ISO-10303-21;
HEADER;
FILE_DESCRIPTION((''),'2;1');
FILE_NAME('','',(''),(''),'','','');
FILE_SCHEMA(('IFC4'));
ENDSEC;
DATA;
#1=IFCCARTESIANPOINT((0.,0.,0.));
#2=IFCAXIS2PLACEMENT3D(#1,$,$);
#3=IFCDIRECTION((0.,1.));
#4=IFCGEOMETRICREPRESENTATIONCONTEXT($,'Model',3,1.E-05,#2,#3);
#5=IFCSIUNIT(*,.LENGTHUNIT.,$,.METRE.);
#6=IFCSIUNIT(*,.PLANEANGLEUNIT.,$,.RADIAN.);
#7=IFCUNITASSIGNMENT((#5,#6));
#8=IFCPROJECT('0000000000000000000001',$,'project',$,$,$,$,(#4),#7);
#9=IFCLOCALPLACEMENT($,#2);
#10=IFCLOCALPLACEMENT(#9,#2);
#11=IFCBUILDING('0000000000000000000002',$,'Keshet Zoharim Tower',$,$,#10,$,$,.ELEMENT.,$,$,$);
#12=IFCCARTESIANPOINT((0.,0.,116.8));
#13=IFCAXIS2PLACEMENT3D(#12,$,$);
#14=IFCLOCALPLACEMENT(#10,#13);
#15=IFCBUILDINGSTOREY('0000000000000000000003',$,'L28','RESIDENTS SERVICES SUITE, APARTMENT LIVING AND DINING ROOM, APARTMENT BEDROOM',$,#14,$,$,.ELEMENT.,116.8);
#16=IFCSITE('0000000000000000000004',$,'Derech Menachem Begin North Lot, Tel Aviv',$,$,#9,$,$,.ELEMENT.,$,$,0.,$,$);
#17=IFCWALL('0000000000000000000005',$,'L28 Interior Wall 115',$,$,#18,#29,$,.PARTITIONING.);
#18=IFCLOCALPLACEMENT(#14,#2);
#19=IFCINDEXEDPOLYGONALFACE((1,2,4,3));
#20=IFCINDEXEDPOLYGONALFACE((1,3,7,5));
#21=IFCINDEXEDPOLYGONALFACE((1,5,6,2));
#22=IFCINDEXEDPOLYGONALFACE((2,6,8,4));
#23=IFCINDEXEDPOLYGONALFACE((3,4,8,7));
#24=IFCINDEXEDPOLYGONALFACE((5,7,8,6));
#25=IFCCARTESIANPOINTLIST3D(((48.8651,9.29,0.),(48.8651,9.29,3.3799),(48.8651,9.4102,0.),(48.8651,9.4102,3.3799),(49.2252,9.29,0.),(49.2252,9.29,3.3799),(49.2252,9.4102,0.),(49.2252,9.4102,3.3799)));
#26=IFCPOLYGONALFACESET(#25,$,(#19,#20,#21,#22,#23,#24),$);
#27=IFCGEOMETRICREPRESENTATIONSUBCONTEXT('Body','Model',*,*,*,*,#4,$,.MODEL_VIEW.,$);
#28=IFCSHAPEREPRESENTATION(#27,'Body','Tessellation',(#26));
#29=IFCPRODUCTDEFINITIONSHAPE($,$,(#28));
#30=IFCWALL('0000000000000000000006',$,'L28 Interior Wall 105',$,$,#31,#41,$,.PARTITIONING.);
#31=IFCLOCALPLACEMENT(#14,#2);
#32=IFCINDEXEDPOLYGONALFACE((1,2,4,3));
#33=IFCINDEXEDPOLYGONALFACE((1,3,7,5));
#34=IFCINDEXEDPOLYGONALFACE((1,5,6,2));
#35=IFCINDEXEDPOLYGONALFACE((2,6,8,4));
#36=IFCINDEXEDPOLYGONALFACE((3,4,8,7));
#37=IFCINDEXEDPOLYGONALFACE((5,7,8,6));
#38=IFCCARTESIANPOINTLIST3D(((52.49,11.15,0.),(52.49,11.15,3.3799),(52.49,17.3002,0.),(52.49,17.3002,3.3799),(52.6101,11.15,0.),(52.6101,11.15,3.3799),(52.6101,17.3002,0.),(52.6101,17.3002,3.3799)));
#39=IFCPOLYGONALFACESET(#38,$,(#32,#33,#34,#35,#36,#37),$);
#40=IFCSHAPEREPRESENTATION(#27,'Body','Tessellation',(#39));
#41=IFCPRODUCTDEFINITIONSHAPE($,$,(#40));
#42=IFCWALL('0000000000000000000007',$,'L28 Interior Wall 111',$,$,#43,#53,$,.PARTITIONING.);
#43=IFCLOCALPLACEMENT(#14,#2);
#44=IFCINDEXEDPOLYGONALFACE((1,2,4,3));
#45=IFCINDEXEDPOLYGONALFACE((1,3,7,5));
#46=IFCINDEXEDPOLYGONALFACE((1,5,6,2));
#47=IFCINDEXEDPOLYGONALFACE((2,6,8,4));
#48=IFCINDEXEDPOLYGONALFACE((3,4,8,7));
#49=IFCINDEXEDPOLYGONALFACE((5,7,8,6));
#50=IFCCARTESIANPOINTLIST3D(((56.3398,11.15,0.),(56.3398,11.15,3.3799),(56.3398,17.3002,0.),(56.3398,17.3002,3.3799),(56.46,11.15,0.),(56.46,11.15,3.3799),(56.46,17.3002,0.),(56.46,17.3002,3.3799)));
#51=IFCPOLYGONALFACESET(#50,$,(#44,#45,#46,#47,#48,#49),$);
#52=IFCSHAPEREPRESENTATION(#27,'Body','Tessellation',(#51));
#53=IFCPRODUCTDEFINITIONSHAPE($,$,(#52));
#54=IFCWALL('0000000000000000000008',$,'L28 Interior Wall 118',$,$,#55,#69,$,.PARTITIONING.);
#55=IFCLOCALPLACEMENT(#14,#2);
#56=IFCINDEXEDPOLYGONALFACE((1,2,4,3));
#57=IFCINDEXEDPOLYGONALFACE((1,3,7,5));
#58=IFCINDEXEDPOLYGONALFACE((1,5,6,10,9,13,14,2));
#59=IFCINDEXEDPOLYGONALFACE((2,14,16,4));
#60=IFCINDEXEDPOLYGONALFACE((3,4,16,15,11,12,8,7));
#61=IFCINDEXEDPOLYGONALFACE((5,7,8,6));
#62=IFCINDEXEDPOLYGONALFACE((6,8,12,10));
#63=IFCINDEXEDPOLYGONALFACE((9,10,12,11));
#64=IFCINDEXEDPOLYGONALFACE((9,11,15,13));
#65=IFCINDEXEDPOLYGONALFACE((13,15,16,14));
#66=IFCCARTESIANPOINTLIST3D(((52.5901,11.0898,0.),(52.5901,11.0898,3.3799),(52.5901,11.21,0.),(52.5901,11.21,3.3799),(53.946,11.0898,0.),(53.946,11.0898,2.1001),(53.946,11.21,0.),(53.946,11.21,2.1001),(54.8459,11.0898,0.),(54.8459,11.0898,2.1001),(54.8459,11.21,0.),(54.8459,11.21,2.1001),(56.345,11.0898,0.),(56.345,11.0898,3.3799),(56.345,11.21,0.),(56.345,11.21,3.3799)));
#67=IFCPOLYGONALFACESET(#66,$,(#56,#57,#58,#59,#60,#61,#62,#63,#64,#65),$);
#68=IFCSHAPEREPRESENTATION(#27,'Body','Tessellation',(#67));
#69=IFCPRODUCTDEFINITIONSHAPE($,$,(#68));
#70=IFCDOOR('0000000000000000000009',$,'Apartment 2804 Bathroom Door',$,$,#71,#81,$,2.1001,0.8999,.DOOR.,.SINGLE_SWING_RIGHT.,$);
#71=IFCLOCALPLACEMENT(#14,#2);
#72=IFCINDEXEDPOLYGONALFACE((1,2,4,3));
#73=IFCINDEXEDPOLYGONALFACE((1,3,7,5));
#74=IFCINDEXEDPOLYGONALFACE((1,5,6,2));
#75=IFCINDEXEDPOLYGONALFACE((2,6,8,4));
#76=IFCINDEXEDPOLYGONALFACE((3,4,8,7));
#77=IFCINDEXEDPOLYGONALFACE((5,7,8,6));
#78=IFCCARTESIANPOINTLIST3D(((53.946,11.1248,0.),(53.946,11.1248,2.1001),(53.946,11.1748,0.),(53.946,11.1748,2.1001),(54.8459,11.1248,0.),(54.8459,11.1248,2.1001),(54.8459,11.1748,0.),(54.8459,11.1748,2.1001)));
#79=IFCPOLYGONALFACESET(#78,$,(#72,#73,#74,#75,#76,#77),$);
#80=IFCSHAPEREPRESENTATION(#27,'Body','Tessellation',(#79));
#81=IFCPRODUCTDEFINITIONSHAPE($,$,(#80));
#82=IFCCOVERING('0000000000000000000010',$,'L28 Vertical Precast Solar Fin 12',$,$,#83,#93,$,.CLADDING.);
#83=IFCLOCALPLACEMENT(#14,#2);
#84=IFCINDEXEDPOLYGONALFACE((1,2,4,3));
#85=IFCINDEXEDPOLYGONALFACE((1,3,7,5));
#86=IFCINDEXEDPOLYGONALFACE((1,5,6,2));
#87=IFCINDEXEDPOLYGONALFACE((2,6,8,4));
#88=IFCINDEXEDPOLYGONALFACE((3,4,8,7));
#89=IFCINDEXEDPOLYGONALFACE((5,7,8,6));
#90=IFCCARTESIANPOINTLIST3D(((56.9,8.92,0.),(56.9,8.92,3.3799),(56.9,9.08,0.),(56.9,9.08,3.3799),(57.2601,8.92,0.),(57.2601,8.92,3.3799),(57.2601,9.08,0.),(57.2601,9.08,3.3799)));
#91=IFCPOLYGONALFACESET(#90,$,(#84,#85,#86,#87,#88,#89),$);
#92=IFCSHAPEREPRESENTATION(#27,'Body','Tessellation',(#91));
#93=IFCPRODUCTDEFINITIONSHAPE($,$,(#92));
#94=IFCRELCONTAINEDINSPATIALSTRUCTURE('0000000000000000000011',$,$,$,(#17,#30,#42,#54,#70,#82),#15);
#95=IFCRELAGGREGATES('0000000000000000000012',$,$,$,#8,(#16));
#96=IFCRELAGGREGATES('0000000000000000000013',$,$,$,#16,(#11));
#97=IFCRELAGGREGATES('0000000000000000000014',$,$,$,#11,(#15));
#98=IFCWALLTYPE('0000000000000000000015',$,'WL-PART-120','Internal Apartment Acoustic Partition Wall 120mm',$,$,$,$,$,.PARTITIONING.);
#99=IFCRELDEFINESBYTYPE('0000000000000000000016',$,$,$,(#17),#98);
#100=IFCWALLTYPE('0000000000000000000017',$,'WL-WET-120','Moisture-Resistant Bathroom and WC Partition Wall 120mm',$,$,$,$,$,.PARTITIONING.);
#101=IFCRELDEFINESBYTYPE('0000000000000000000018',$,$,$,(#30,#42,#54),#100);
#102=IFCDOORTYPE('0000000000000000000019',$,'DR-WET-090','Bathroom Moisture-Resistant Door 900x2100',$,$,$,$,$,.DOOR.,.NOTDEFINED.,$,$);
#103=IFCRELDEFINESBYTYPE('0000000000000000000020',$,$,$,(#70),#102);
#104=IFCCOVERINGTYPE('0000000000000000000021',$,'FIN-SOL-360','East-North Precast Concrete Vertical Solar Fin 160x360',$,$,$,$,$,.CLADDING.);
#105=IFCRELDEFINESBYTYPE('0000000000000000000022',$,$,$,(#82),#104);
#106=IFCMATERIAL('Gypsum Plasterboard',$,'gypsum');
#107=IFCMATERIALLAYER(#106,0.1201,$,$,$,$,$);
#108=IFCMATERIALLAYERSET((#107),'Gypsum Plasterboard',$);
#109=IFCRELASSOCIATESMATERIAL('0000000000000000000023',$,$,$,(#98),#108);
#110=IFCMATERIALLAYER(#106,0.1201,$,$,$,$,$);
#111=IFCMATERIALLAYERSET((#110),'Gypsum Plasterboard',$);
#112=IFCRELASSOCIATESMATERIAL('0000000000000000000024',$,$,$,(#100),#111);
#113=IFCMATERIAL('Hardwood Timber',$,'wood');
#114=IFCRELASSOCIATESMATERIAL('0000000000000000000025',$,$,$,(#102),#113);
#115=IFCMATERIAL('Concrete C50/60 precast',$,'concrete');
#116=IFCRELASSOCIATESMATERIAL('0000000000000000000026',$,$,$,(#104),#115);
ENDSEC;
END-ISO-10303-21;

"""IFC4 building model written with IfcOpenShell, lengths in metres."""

from ifc_helpers import new_model, si_unit, direction, frame, frame_2d, origin, origin_2d, place, context, subcontext, project, spatial, rectangle, extrude, material, layer, layer_set, type_object, element, fill, save


model = new_model("IFC4")

# Units and contexts
model_context = context("Model", 3, precision=1e-05, world=origin(), true_north=direction((0.0, 1.0)))
body_context = subcontext(model_context, "Body", "Model", "MODEL_VIEW")
ifc_project = project(units=[si_unit("LENGTHUNIT", "METRE"), si_unit("PLANEANGLEUNIT", "RADIAN")], contexts=[model_context])

# Site, building, storey
site_placement = place(None, origin())
site = spatial("IfcSite", under=ifc_project, at=site_placement, Name="Derech Menachem Begin North Lot, Tel Aviv", CompositionType="ELEMENT", RefElevation=0.0)
building_placement = place(site_placement, origin())
building = spatial("IfcBuilding", under=site, at=building_placement, Name="Keshet Zoharim Tower", CompositionType="ELEMENT")
storey_placement = place(building_placement, frame((0.0, 0.0, 116.8)))
storey = spatial("IfcBuildingStorey", under=building, at=storey_placement, Name="L28", Description="RESIDENTS SERVICES SUITE, APARTMENT LIVING AND DINING ROOM, APARTMENT BEDROOM", CompositionType="ELEMENT", Elevation=116.8)

# Wall
ifc_material_1 = material(Name="Gypsum Plasterboard", Category="gypsum")
ifc_layer_1 = layer(ifc_material_1, 0.1201)
ifc_layer_set_1 = layer_set([ifc_layer_1], Name="Gypsum Plasterboard")
wall_type_1 = type_object("IfcWallType", Name="WL-PART-120", Description="Internal Apartment Acoustic Partition Wall 120mm", PredefinedType="PARTITIONING", material=ifc_layer_set_1)
wall_1_placement = place(storey_placement, frame((48.865, 9.3501, 0.0), z_axis=(0.0, 0.0, 1.0), x_axis=(1.0, 0.0, 0.0)))
element("IfcWall", 1, at=wall_1_placement, inside=storey, type_object=wall_type_1, Name="L28 Interior Wall 115", PredefinedType="PARTITIONING", context=body_context, shape_type="SweptSolid", body=[
    extrude(rectangle(XDim=0.3601, YDim=0.1201, at=frame_2d((0.1802, 0.0))), origin(), (0.0, 0.0, 1.0), 3.3799),
])

# Shared definitions
ifc_material_2 = material(Name="Hardwood Timber", Category="wood")

# Walls
ifc_layer_2 = layer(ifc_material_1, 0.1201)
ifc_layer_set_2 = layer_set([ifc_layer_2], Name="Gypsum Plasterboard")
wall_type_2 = type_object("IfcWallType", Name="WL-WET-120", Description="Moisture-Resistant Bathroom and WC Partition Wall 120mm", PredefinedType="PARTITIONING", material=ifc_layer_set_2)
for number, where, z_axis, x_axis, name in (
    (2, (52.55, 11.1499, 0.0), (0.0, 0.0, 1.0), (0.0, 1.0, 0.0), "L28 Interior Wall 105"),
    (3, (56.3999, 11.1499, 0.0), (0.0, 0.0, 1.0), (0.0, 1.0, 0.0), "L28 Interior Wall 111"),
):
    element("IfcWall", number, at=place(storey_placement, frame(where, z_axis=z_axis, x_axis=x_axis)), inside=storey, type_object=wall_type_2, Name=name, PredefinedType="PARTITIONING", context=body_context, shape_type="SweptSolid", body=[
        extrude(rectangle(XDim=6.1501, YDim=0.1201, at=frame_2d((3.0752, 0.0))), origin(), (0.0, 0.0, 1.0), 3.3799),
    ])

# Wall, opening, door
wall_2_placement = place(storey_placement, frame((52.5901, 11.1499, 0.0), z_axis=(0.0, 0.0, 1.0), x_axis=(1.0, 0.0, 0.0)))
wall_2 = element("IfcWall", 4, at=wall_2_placement, inside=storey, type_object=wall_type_2, Name="L28 Interior Wall 118", PredefinedType="PARTITIONING", context=body_context, shape_type="SweptSolid", body=[
    extrude(rectangle(XDim=3.7549, YDim=0.1201, at=frame_2d((1.8774, 0.0))), origin(), (0.0, 0.0, 1.0), 3.3799),
])
opening_1_placement = place(wall_2_placement, frame((1.356, 0.0, 0.0)))
opening_1 = element("IfcOpeningElement", 5, at=opening_1_placement, cuts=wall_2, PredefinedType="OPENING", context=body_context, shape_type="SweptSolid", body=[
    extrude(rectangle(XDim=0.8999, YDim=2.1001, at=frame_2d((0.45, 1.05))), frame((0.0, 0.0701, 0.0), z_axis=(0.0, -1.0, 0.0), x_axis=(1.0, 0.0, 0.0)), (0.0, 0.0, 1.0), 0.1401),
])
door_type_1 = type_object("IfcDoorType", Name="DR-WET-090", Description="Bathroom Moisture-Resistant Door 900x2100", OperationType="NOTDEFINED", PredefinedType="DOOR", material=ifc_material_2)
door_1_placement = place(opening_1_placement, origin())
door_1 = element("IfcDoor", 6, at=door_1_placement, inside=storey, type_object=door_type_1, Name="Apartment 2804 Bathroom Door", OperationType="SINGLE_SWING_RIGHT", OverallHeight=2.1001, OverallWidth=0.8999, PredefinedType="DOOR", context=body_context, shape_type="SweptSolid", body=[
    extrude(rectangle(XDim=0.8999, YDim=2.1001, at=frame_2d((0.45, 1.05))), frame((0.0, 0.0249, 0.0), z_axis=(0.0, -1.0, 0.0), x_axis=(1.0, 0.0, 0.0)), (0.0, 0.0, 1.0), 0.05),
])
fill(opening_1, door_1)

# Covering
ifc_material_3 = material(Name="Concrete C50/60 precast", Category="concrete")
covering_type = type_object("IfcCoveringType", Name="FIN-SOL-360", Description="East-North Precast Concrete Vertical Solar Fin 160x360", PredefinedType="CLADDING", material=ifc_material_3)
covering_placement = place(storey_placement, frame((57.0801, 9.0, 0.0), z_axis=(0.0, 0.0, 1.0), x_axis=(0.0, -1.0, 0.0)))
element("IfcCovering", 7, at=covering_placement, inside=storey, type_object=covering_type, Name="L28 Vertical Precast Solar Fin 12", PredefinedType="CLADDING", context=body_context, shape_type="SweptSolid", body=[
    extrude(rectangle(XDim=0.1599, YDim=0.3601, at=origin_2d()), origin(), (0.0, 0.0, 1.0), 3.3799),
])

save(model, "model.ifc")
